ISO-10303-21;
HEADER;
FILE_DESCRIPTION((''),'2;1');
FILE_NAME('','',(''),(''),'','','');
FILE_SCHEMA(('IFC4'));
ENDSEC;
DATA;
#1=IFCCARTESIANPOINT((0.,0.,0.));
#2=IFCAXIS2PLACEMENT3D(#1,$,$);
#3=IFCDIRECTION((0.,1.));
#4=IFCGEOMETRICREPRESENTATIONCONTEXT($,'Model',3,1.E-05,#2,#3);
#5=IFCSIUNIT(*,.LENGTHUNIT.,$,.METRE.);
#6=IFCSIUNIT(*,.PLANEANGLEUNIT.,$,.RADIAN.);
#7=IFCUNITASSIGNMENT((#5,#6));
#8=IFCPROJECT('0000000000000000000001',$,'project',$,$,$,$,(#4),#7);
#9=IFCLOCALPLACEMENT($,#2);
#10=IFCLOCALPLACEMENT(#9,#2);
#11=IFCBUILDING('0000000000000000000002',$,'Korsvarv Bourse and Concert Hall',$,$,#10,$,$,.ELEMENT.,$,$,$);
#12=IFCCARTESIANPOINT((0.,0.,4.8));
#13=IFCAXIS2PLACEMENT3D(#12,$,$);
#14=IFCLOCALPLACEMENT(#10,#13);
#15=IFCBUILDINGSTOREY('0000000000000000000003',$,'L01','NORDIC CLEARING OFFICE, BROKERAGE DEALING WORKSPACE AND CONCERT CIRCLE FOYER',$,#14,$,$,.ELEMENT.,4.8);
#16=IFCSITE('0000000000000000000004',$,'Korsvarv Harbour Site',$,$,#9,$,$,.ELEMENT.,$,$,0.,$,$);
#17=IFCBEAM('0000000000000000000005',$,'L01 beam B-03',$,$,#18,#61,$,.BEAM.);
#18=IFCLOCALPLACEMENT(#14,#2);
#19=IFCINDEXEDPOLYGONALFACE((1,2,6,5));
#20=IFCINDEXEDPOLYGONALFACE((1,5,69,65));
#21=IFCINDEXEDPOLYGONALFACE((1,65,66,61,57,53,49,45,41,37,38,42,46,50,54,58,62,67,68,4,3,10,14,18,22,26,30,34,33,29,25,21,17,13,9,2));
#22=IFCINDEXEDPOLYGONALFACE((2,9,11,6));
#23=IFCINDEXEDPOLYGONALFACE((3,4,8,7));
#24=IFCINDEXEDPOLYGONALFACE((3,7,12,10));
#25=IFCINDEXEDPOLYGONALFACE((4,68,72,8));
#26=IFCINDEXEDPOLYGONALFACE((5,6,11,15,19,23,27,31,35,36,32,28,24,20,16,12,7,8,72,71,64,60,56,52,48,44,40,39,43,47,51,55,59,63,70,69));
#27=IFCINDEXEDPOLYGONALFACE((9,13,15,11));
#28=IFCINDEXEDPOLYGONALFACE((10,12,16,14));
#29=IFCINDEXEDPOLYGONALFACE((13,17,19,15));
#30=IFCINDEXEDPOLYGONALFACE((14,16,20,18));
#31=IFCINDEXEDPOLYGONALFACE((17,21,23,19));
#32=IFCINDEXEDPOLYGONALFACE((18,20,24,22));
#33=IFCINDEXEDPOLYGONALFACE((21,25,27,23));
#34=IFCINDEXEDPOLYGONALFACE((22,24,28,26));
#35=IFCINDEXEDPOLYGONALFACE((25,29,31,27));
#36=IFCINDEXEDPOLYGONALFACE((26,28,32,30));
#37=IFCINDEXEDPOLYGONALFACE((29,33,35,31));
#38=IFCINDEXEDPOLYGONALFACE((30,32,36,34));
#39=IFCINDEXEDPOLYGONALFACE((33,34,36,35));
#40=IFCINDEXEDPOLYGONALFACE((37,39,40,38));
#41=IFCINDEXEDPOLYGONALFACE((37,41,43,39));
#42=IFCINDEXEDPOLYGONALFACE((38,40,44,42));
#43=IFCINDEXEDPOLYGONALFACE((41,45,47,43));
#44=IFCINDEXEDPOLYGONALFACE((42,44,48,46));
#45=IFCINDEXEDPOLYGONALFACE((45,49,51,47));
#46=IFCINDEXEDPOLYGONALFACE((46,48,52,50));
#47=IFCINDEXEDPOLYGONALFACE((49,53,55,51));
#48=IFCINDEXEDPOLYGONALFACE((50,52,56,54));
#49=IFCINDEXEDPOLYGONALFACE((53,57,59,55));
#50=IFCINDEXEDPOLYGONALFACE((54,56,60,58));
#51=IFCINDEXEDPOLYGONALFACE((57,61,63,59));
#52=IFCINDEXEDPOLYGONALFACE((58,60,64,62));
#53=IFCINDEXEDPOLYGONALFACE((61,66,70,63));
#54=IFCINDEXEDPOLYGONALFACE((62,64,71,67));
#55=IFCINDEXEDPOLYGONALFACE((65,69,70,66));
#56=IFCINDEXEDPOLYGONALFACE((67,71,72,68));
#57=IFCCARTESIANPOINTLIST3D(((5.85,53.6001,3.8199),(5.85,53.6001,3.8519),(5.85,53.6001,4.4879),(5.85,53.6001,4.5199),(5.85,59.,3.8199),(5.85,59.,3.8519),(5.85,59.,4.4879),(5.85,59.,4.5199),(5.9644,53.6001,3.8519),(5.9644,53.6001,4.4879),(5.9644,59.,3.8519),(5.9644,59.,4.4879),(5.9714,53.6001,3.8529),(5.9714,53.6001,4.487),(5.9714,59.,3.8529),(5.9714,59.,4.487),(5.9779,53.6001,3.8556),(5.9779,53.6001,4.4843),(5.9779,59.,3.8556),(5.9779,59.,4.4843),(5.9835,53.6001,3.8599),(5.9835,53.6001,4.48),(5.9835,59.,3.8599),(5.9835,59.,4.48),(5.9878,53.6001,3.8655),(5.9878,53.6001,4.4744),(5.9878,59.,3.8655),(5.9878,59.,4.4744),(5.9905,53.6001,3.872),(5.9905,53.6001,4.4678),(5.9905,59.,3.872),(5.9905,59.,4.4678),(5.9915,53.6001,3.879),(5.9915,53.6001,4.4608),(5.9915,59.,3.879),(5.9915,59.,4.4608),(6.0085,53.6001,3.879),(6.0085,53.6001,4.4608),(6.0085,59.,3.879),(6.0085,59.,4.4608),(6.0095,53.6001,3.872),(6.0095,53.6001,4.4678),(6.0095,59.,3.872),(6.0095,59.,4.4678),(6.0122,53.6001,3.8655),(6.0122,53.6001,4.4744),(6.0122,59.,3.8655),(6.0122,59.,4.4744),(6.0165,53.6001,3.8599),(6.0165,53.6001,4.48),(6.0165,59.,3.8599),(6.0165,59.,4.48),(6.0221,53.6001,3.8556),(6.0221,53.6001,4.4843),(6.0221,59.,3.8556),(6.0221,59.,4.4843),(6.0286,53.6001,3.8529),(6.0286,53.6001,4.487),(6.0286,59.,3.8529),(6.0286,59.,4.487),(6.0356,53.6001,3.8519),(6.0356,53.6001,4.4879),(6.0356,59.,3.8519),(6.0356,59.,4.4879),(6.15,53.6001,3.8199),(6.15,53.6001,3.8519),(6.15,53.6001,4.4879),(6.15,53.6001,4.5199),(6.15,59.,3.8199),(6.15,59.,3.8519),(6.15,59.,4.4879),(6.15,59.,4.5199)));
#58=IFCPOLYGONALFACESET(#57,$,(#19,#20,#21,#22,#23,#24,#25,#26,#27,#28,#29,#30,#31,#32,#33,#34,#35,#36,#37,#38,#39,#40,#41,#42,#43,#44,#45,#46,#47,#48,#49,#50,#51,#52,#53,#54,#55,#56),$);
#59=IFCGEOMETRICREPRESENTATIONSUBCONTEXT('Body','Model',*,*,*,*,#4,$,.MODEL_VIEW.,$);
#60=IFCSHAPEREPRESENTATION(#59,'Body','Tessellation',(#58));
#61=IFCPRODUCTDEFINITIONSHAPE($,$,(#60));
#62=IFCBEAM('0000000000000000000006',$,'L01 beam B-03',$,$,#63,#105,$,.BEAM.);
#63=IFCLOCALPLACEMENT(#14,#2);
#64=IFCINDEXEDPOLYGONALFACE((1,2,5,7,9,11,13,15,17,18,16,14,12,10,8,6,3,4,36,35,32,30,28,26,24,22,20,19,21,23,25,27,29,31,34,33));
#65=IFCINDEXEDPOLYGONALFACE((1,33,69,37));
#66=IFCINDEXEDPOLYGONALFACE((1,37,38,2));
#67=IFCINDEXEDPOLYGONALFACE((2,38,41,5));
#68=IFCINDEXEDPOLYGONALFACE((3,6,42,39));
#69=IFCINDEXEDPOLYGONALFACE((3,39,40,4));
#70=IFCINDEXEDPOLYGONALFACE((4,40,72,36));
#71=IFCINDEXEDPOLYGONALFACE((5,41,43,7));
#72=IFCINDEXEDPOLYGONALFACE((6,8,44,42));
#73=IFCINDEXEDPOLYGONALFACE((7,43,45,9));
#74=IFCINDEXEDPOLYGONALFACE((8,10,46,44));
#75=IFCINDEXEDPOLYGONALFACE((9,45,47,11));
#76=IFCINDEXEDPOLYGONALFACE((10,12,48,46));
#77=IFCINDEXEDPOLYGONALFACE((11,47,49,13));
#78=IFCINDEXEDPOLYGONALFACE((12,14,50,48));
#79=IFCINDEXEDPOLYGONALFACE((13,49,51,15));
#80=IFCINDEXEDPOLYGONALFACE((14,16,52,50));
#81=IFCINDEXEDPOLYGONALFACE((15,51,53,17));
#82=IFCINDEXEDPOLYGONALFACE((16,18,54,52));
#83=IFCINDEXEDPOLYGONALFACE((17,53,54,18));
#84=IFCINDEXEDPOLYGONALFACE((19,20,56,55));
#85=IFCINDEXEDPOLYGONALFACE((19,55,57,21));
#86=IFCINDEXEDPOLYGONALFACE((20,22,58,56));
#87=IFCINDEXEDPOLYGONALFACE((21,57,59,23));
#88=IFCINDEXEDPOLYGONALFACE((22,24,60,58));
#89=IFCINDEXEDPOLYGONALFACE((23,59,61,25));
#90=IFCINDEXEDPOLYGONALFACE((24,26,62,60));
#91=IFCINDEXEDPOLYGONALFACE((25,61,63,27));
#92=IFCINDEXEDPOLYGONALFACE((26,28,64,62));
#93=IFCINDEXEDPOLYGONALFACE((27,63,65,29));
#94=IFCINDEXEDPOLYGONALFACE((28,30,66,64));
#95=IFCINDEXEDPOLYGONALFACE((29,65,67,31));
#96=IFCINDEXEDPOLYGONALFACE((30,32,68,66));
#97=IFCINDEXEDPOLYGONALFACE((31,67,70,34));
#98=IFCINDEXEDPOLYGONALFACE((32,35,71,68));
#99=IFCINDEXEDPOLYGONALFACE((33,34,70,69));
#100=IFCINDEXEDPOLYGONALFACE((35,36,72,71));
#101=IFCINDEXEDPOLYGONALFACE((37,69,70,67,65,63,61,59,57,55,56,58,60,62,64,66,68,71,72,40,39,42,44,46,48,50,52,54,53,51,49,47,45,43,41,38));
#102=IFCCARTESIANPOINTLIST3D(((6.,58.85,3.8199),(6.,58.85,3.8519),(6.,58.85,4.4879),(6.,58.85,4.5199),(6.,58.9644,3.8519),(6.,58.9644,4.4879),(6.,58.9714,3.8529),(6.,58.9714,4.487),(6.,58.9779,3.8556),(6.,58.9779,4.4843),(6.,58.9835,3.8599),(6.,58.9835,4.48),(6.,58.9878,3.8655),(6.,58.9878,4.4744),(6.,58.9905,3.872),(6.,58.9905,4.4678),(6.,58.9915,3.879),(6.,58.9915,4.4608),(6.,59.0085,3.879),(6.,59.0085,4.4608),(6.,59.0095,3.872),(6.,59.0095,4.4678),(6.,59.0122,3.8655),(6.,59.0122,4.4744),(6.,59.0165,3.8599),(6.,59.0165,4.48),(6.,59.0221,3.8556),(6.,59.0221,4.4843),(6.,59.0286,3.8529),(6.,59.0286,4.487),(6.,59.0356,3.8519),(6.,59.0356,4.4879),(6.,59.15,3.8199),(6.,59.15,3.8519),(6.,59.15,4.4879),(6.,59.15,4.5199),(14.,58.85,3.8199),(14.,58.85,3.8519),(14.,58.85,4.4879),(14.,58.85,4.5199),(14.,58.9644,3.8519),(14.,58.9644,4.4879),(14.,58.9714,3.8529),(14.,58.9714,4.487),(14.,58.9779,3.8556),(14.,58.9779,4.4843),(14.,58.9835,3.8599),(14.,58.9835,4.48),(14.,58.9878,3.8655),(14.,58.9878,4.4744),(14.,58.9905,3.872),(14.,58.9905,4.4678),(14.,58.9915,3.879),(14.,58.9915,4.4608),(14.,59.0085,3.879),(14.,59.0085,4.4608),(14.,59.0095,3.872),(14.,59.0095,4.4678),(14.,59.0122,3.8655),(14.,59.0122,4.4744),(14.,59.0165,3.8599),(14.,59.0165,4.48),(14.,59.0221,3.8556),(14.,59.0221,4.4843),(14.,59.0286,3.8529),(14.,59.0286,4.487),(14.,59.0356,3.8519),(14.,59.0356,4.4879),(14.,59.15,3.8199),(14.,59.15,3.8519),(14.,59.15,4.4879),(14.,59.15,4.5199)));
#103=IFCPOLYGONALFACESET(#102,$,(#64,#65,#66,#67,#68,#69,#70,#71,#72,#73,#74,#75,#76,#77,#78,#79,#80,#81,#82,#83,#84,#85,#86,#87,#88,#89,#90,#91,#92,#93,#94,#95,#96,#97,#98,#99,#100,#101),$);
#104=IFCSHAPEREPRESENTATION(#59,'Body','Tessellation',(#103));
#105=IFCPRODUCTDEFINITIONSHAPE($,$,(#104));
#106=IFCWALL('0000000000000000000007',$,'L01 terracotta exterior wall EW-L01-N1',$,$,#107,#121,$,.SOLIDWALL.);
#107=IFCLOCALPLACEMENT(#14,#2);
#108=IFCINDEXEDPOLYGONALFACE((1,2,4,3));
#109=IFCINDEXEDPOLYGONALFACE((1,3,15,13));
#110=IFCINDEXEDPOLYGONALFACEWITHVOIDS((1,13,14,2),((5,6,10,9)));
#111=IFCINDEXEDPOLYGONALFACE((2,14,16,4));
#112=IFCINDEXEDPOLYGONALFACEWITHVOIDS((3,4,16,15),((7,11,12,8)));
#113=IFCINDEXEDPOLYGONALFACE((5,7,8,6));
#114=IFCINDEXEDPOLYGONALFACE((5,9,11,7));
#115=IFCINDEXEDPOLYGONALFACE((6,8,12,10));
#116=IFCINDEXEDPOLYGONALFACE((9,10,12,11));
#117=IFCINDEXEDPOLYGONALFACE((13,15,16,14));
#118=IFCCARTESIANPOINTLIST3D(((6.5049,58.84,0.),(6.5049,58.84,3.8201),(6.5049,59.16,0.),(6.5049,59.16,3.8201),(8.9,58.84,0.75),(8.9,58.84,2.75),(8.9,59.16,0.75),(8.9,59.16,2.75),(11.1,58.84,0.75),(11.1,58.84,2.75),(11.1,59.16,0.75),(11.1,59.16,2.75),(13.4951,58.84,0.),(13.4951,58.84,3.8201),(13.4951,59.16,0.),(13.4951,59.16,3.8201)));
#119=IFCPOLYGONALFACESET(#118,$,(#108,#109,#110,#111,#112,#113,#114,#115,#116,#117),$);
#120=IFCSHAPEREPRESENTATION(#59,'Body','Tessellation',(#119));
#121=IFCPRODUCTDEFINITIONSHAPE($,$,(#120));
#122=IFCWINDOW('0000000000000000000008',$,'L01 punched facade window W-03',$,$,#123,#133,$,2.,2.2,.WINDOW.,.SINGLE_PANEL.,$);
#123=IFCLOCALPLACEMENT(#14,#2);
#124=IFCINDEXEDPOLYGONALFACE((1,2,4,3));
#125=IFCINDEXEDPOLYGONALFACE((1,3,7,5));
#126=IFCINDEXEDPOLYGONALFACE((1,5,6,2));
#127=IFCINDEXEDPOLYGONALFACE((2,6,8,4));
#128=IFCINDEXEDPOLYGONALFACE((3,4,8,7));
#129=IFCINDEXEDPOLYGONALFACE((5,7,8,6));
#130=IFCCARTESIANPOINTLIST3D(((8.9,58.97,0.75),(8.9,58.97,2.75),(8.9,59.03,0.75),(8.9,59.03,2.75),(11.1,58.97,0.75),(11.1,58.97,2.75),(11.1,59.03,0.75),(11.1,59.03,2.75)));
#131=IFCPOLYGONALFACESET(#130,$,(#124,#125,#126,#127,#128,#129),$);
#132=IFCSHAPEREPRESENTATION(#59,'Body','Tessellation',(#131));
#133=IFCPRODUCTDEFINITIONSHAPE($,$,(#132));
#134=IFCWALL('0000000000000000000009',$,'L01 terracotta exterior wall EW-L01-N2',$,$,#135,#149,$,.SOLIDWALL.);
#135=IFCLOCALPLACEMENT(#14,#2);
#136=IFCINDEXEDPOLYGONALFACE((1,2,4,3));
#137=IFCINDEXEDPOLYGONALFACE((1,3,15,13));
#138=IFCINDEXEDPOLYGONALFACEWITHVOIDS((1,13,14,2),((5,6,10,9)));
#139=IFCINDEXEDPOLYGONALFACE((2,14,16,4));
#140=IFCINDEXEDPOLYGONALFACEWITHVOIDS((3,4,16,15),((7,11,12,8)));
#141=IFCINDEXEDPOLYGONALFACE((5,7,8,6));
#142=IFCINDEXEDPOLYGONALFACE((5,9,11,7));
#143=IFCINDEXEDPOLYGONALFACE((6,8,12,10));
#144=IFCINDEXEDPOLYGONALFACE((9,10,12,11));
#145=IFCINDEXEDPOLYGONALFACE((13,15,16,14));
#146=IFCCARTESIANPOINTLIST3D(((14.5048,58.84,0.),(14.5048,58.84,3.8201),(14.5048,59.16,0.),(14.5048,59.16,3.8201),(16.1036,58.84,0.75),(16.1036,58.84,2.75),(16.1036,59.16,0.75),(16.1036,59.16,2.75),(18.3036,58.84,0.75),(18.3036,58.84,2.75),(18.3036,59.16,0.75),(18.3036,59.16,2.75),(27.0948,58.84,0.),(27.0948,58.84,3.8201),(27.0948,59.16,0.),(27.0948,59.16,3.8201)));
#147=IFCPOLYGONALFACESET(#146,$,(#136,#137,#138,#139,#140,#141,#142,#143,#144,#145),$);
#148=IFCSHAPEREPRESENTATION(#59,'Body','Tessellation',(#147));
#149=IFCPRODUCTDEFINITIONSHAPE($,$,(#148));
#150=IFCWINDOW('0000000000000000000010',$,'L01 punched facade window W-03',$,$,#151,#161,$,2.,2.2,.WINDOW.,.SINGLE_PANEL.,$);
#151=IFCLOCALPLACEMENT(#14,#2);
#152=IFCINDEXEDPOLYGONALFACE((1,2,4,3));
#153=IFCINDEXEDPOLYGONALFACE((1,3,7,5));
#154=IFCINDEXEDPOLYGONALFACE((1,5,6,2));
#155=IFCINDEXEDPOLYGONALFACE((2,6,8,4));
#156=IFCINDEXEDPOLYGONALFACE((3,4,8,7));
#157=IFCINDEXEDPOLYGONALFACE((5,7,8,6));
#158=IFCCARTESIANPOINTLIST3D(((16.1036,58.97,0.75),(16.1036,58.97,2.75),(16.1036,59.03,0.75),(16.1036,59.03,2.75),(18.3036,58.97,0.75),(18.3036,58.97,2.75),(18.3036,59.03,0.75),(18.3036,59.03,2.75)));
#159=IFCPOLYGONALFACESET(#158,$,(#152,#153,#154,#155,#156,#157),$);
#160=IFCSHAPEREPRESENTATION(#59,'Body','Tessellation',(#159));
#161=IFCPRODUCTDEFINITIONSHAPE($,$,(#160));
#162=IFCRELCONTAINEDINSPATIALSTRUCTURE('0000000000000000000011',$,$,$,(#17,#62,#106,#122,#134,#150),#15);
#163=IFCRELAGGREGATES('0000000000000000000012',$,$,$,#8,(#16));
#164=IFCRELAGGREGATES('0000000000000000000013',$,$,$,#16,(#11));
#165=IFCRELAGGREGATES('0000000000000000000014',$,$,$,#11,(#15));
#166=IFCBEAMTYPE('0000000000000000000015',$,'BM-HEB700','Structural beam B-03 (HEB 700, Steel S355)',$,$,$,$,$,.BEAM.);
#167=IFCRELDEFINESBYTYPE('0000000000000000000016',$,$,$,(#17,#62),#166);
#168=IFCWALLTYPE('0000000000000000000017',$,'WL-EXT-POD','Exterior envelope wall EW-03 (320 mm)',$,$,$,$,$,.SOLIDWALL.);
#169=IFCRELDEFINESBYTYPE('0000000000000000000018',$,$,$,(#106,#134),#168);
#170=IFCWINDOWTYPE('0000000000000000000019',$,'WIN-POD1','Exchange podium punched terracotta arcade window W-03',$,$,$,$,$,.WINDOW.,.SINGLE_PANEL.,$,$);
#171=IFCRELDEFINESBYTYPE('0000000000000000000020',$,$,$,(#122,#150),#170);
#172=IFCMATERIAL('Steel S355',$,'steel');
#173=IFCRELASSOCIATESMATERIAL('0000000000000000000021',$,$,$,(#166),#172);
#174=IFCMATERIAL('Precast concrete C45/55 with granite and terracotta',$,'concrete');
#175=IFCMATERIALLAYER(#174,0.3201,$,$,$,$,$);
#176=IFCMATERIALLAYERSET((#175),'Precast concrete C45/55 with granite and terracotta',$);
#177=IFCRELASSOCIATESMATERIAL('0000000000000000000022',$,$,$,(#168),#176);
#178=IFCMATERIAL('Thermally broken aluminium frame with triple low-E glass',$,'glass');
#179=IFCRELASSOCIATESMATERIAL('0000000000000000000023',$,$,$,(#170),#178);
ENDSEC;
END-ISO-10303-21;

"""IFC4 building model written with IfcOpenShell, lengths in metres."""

from ifc_helpers import new_model, si_unit, direction, frame, frame_2d, origin, origin_2d, place, context, subcontext, project, spatial, rectangle, i_section, extrude, source, transform, mapped, material, layer, layer_set, material_profile, profile_set, type_object, element, fill, save


model = new_model("IFC4")

# Units and contexts
model_context = context("Model", 3, precision=1e-05, world=origin(), true_north=direction((0.0, 1.0)))
body_context = subcontext(model_context, "Body", "Model", "MODEL_VIEW")
ifc_project = project(units=[si_unit("LENGTHUNIT", "METRE"), si_unit("PLANEANGLEUNIT", "RADIAN")], contexts=[model_context])

# Site, building, storey
site_placement = place(None, origin())
site = spatial("IfcSite", under=ifc_project, at=site_placement, Name="Korsvarv Harbour Site", CompositionType="ELEMENT", RefElevation=0.0)
building_placement = place(site_placement, origin())
building = spatial("IfcBuilding", under=site, at=building_placement, Name="Korsvarv Bourse and Concert Hall", CompositionType="ELEMENT")
storey_placement = place(building_placement, frame((0.0, 0.0, 4.8)))
storey = spatial("IfcBuildingStorey", under=building, at=storey_placement, Name="L01", Description="NORDIC CLEARING OFFICE, BROKERAGE DEALING WORKSPACE AND CONCERT CIRCLE FOYER", CompositionType="ELEMENT", Elevation=4.8)

# Beams
ifc_material_1 = material(Name="Steel S355", Category="steel")
ifc_material_profile_1 = material_profile(ifc_material_1, i_section(OverallWidth=0.3, OverallDepth=0.7, WebThickness=0.0171, FlangeThickness=0.032, FilletRadius=0.0271, at=origin_2d()), Name="HEB 700")
ifc_profile_set_1 = profile_set([ifc_material_profile_1], Name="Steel S355")
beam_type = type_object("IfcBeamType", Name="BM-HEB700", Description="Structural beam B-03 (HEB 700, Steel S355)", PredefinedType="BEAM", material=ifc_profile_set_1)
shared_shape_1 = source(origin(), body_context, "Body", "SweptSolid", [
    extrude(i_section(OverallWidth=0.3, OverallDepth=0.7, WebThickness=0.0171, FlangeThickness=0.032, FilletRadius=0.0271, at=origin_2d()), origin(), (0.0, 0.0, 1.0), 5.3999),
])
beam_1_placement = place(storey_placement, frame((6.0, 53.6001, 4.1699), z_axis=(0.0, 1.0, 0.0), x_axis=(-1.0, 0.0, 0.0)))
element("IfcBeam", 1, at=beam_1_placement, inside=storey, type_object=beam_type, Name="L01 beam B-03", PredefinedType="BEAM", context=body_context, shape_type="MappedRepresentation", body=[
    mapped(shared_shape_1, transform((0.0, 0.0, 0.0), scale=1.0)),
])
shared_shape_2 = source(origin(), body_context, "Body", "SweptSolid", [
    extrude(i_section(OverallWidth=0.3, OverallDepth=0.7, WebThickness=0.0171, FlangeThickness=0.032, FilletRadius=0.0271, at=origin_2d()), origin(), (0.0, 0.0, 1.0), 8.0),
])
beam_2_placement = place(storey_placement, frame((6.0, 59.0, 4.1699), z_axis=(1.0, 0.0, 0.0), x_axis=(0.0, 1.0, 0.0)))
element("IfcBeam", 2, at=beam_2_placement, inside=storey, type_object=beam_type, Name="L01 beam B-03", PredefinedType="BEAM", context=body_context, shape_type="MappedRepresentation", body=[
    mapped(shared_shape_2, transform((0.0, 0.0, 0.0), scale=1.0)),
])

# Walls, openings, windows
ifc_material_2 = material(Name="Precast concrete C45/55 with granite and terracotta", Category="concrete")
ifc_layer_1 = layer(ifc_material_2, 0.3201)
ifc_layer_set_1 = layer_set([ifc_layer_1], Name="Precast concrete C45/55 with granite and terracotta")
wall_type_1 = type_object("IfcWallType", Name="WL-EXT-POD", Description="Exterior envelope wall EW-03 (320 mm)", PredefinedType="SOLIDWALL", material=ifc_layer_set_1)
wall_1_placement = place(storey_placement, frame((6.5049, 59.0, 0.0), z_axis=(0.0, 0.0, 1.0), x_axis=(1.0, 0.0, 0.0)))
wall_1 = element("IfcWall", 3, at=wall_1_placement, inside=storey, type_object=wall_type_1, Name="L01 terracotta exterior wall EW-L01-N1", PredefinedType="SOLIDWALL", context=body_context, shape_type="SweptSolid", body=[
    extrude(rectangle(XDim=6.9902, YDim=0.3201, at=frame_2d((3.4951, 0.0))), origin(), (0.0, 0.0, 1.0), 3.8201),
])
opening_1_placement = place(wall_1_placement, frame((2.395, 0.0, 0.75)))
opening_1 = element("IfcOpeningElement", 4, at=opening_1_placement, cuts=wall_1, PredefinedType="OPENING", context=body_context, shape_type="SweptSolid", body=[
    extrude(rectangle(XDim=2.2, YDim=2.0, at=frame_2d((1.1001, 1.0))), frame((0.0, 0.1699, 0.0), z_axis=(0.0, -1.0, 0.0), x_axis=(1.0, 0.0, 0.0)), (0.0, 0.0, 1.0), 0.3401),
])
ifc_material_3 = material(Name="Thermally broken aluminium frame with triple low-E glass", Category="glass")
window_type = type_object("IfcWindowType", Name="WIN-POD1", Description="Exchange podium punched terracotta arcade window W-03", PartitioningType="SINGLE_PANEL", PredefinedType="WINDOW", material=ifc_material_3)
window_1_placement = place(opening_1_placement, origin())
window_1 = element("IfcWindow", 5, at=window_1_placement, inside=storey, type_object=window_type, Name="L01 punched facade window W-03", OverallHeight=2.0, OverallWidth=2.2, PartitioningType="SINGLE_PANEL", PredefinedType="WINDOW", context=body_context, shape_type="SweptSolid", body=[
    extrude(rectangle(XDim=2.2, YDim=2.0, at=frame_2d((1.1001, 1.0))), frame((0.0, 0.03, 0.0), z_axis=(0.0, -1.0, 0.0), x_axis=(1.0, 0.0, 0.0)), (0.0, 0.0, 1.0), 0.0601),
])
fill(opening_1, window_1)
wall_2_placement = place(storey_placement, frame((14.5049, 59.0, 0.0), z_axis=(0.0, 0.0, 1.0), x_axis=(1.0, 0.0, 0.0)))
wall_2 = element("IfcWall", 6, at=wall_2_placement, inside=storey, type_object=wall_type_1, Name="L01 terracotta exterior wall EW-L01-N2", PredefinedType="SOLIDWALL", context=body_context, shape_type="SweptSolid", body=[
    extrude(rectangle(XDim=12.5901, YDim=0.3201, at=frame_2d((6.2949, 0.0))), origin(), (0.0, 0.0, 1.0), 3.8201),
])
opening_2_placement = place(wall_2_placement, frame((1.5986, 0.0, 0.75)))
opening_2 = element("IfcOpeningElement", 7, at=opening_2_placement, cuts=wall_2, PredefinedType="OPENING", context=body_context, shape_type="SweptSolid", body=[
    extrude(rectangle(XDim=2.2, YDim=2.0, at=frame_2d((1.1001, 1.0))), frame((0.0, 0.1699, 0.0), z_axis=(0.0, -1.0, 0.0), x_axis=(1.0, 0.0, 0.0)), (0.0, 0.0, 1.0), 0.3401),
])
window_2_placement = place(opening_2_placement, origin())
window_2 = element("IfcWindow", 8, at=window_2_placement, inside=storey, type_object=window_type, Name="L01 punched facade window W-03", OverallHeight=2.0, OverallWidth=2.2, PartitioningType="SINGLE_PANEL", PredefinedType="WINDOW", context=body_context, shape_type="SweptSolid", body=[
    extrude(rectangle(XDim=2.2, YDim=2.0, at=frame_2d((1.1001, 1.0))), frame((0.0, 0.03, 0.0), z_axis=(0.0, -1.0, 0.0), x_axis=(1.0, 0.0, 0.0)), (0.0, 0.0, 1.0), 0.0601),
])
fill(opening_2, window_2)

save(model, "model.ifc")
